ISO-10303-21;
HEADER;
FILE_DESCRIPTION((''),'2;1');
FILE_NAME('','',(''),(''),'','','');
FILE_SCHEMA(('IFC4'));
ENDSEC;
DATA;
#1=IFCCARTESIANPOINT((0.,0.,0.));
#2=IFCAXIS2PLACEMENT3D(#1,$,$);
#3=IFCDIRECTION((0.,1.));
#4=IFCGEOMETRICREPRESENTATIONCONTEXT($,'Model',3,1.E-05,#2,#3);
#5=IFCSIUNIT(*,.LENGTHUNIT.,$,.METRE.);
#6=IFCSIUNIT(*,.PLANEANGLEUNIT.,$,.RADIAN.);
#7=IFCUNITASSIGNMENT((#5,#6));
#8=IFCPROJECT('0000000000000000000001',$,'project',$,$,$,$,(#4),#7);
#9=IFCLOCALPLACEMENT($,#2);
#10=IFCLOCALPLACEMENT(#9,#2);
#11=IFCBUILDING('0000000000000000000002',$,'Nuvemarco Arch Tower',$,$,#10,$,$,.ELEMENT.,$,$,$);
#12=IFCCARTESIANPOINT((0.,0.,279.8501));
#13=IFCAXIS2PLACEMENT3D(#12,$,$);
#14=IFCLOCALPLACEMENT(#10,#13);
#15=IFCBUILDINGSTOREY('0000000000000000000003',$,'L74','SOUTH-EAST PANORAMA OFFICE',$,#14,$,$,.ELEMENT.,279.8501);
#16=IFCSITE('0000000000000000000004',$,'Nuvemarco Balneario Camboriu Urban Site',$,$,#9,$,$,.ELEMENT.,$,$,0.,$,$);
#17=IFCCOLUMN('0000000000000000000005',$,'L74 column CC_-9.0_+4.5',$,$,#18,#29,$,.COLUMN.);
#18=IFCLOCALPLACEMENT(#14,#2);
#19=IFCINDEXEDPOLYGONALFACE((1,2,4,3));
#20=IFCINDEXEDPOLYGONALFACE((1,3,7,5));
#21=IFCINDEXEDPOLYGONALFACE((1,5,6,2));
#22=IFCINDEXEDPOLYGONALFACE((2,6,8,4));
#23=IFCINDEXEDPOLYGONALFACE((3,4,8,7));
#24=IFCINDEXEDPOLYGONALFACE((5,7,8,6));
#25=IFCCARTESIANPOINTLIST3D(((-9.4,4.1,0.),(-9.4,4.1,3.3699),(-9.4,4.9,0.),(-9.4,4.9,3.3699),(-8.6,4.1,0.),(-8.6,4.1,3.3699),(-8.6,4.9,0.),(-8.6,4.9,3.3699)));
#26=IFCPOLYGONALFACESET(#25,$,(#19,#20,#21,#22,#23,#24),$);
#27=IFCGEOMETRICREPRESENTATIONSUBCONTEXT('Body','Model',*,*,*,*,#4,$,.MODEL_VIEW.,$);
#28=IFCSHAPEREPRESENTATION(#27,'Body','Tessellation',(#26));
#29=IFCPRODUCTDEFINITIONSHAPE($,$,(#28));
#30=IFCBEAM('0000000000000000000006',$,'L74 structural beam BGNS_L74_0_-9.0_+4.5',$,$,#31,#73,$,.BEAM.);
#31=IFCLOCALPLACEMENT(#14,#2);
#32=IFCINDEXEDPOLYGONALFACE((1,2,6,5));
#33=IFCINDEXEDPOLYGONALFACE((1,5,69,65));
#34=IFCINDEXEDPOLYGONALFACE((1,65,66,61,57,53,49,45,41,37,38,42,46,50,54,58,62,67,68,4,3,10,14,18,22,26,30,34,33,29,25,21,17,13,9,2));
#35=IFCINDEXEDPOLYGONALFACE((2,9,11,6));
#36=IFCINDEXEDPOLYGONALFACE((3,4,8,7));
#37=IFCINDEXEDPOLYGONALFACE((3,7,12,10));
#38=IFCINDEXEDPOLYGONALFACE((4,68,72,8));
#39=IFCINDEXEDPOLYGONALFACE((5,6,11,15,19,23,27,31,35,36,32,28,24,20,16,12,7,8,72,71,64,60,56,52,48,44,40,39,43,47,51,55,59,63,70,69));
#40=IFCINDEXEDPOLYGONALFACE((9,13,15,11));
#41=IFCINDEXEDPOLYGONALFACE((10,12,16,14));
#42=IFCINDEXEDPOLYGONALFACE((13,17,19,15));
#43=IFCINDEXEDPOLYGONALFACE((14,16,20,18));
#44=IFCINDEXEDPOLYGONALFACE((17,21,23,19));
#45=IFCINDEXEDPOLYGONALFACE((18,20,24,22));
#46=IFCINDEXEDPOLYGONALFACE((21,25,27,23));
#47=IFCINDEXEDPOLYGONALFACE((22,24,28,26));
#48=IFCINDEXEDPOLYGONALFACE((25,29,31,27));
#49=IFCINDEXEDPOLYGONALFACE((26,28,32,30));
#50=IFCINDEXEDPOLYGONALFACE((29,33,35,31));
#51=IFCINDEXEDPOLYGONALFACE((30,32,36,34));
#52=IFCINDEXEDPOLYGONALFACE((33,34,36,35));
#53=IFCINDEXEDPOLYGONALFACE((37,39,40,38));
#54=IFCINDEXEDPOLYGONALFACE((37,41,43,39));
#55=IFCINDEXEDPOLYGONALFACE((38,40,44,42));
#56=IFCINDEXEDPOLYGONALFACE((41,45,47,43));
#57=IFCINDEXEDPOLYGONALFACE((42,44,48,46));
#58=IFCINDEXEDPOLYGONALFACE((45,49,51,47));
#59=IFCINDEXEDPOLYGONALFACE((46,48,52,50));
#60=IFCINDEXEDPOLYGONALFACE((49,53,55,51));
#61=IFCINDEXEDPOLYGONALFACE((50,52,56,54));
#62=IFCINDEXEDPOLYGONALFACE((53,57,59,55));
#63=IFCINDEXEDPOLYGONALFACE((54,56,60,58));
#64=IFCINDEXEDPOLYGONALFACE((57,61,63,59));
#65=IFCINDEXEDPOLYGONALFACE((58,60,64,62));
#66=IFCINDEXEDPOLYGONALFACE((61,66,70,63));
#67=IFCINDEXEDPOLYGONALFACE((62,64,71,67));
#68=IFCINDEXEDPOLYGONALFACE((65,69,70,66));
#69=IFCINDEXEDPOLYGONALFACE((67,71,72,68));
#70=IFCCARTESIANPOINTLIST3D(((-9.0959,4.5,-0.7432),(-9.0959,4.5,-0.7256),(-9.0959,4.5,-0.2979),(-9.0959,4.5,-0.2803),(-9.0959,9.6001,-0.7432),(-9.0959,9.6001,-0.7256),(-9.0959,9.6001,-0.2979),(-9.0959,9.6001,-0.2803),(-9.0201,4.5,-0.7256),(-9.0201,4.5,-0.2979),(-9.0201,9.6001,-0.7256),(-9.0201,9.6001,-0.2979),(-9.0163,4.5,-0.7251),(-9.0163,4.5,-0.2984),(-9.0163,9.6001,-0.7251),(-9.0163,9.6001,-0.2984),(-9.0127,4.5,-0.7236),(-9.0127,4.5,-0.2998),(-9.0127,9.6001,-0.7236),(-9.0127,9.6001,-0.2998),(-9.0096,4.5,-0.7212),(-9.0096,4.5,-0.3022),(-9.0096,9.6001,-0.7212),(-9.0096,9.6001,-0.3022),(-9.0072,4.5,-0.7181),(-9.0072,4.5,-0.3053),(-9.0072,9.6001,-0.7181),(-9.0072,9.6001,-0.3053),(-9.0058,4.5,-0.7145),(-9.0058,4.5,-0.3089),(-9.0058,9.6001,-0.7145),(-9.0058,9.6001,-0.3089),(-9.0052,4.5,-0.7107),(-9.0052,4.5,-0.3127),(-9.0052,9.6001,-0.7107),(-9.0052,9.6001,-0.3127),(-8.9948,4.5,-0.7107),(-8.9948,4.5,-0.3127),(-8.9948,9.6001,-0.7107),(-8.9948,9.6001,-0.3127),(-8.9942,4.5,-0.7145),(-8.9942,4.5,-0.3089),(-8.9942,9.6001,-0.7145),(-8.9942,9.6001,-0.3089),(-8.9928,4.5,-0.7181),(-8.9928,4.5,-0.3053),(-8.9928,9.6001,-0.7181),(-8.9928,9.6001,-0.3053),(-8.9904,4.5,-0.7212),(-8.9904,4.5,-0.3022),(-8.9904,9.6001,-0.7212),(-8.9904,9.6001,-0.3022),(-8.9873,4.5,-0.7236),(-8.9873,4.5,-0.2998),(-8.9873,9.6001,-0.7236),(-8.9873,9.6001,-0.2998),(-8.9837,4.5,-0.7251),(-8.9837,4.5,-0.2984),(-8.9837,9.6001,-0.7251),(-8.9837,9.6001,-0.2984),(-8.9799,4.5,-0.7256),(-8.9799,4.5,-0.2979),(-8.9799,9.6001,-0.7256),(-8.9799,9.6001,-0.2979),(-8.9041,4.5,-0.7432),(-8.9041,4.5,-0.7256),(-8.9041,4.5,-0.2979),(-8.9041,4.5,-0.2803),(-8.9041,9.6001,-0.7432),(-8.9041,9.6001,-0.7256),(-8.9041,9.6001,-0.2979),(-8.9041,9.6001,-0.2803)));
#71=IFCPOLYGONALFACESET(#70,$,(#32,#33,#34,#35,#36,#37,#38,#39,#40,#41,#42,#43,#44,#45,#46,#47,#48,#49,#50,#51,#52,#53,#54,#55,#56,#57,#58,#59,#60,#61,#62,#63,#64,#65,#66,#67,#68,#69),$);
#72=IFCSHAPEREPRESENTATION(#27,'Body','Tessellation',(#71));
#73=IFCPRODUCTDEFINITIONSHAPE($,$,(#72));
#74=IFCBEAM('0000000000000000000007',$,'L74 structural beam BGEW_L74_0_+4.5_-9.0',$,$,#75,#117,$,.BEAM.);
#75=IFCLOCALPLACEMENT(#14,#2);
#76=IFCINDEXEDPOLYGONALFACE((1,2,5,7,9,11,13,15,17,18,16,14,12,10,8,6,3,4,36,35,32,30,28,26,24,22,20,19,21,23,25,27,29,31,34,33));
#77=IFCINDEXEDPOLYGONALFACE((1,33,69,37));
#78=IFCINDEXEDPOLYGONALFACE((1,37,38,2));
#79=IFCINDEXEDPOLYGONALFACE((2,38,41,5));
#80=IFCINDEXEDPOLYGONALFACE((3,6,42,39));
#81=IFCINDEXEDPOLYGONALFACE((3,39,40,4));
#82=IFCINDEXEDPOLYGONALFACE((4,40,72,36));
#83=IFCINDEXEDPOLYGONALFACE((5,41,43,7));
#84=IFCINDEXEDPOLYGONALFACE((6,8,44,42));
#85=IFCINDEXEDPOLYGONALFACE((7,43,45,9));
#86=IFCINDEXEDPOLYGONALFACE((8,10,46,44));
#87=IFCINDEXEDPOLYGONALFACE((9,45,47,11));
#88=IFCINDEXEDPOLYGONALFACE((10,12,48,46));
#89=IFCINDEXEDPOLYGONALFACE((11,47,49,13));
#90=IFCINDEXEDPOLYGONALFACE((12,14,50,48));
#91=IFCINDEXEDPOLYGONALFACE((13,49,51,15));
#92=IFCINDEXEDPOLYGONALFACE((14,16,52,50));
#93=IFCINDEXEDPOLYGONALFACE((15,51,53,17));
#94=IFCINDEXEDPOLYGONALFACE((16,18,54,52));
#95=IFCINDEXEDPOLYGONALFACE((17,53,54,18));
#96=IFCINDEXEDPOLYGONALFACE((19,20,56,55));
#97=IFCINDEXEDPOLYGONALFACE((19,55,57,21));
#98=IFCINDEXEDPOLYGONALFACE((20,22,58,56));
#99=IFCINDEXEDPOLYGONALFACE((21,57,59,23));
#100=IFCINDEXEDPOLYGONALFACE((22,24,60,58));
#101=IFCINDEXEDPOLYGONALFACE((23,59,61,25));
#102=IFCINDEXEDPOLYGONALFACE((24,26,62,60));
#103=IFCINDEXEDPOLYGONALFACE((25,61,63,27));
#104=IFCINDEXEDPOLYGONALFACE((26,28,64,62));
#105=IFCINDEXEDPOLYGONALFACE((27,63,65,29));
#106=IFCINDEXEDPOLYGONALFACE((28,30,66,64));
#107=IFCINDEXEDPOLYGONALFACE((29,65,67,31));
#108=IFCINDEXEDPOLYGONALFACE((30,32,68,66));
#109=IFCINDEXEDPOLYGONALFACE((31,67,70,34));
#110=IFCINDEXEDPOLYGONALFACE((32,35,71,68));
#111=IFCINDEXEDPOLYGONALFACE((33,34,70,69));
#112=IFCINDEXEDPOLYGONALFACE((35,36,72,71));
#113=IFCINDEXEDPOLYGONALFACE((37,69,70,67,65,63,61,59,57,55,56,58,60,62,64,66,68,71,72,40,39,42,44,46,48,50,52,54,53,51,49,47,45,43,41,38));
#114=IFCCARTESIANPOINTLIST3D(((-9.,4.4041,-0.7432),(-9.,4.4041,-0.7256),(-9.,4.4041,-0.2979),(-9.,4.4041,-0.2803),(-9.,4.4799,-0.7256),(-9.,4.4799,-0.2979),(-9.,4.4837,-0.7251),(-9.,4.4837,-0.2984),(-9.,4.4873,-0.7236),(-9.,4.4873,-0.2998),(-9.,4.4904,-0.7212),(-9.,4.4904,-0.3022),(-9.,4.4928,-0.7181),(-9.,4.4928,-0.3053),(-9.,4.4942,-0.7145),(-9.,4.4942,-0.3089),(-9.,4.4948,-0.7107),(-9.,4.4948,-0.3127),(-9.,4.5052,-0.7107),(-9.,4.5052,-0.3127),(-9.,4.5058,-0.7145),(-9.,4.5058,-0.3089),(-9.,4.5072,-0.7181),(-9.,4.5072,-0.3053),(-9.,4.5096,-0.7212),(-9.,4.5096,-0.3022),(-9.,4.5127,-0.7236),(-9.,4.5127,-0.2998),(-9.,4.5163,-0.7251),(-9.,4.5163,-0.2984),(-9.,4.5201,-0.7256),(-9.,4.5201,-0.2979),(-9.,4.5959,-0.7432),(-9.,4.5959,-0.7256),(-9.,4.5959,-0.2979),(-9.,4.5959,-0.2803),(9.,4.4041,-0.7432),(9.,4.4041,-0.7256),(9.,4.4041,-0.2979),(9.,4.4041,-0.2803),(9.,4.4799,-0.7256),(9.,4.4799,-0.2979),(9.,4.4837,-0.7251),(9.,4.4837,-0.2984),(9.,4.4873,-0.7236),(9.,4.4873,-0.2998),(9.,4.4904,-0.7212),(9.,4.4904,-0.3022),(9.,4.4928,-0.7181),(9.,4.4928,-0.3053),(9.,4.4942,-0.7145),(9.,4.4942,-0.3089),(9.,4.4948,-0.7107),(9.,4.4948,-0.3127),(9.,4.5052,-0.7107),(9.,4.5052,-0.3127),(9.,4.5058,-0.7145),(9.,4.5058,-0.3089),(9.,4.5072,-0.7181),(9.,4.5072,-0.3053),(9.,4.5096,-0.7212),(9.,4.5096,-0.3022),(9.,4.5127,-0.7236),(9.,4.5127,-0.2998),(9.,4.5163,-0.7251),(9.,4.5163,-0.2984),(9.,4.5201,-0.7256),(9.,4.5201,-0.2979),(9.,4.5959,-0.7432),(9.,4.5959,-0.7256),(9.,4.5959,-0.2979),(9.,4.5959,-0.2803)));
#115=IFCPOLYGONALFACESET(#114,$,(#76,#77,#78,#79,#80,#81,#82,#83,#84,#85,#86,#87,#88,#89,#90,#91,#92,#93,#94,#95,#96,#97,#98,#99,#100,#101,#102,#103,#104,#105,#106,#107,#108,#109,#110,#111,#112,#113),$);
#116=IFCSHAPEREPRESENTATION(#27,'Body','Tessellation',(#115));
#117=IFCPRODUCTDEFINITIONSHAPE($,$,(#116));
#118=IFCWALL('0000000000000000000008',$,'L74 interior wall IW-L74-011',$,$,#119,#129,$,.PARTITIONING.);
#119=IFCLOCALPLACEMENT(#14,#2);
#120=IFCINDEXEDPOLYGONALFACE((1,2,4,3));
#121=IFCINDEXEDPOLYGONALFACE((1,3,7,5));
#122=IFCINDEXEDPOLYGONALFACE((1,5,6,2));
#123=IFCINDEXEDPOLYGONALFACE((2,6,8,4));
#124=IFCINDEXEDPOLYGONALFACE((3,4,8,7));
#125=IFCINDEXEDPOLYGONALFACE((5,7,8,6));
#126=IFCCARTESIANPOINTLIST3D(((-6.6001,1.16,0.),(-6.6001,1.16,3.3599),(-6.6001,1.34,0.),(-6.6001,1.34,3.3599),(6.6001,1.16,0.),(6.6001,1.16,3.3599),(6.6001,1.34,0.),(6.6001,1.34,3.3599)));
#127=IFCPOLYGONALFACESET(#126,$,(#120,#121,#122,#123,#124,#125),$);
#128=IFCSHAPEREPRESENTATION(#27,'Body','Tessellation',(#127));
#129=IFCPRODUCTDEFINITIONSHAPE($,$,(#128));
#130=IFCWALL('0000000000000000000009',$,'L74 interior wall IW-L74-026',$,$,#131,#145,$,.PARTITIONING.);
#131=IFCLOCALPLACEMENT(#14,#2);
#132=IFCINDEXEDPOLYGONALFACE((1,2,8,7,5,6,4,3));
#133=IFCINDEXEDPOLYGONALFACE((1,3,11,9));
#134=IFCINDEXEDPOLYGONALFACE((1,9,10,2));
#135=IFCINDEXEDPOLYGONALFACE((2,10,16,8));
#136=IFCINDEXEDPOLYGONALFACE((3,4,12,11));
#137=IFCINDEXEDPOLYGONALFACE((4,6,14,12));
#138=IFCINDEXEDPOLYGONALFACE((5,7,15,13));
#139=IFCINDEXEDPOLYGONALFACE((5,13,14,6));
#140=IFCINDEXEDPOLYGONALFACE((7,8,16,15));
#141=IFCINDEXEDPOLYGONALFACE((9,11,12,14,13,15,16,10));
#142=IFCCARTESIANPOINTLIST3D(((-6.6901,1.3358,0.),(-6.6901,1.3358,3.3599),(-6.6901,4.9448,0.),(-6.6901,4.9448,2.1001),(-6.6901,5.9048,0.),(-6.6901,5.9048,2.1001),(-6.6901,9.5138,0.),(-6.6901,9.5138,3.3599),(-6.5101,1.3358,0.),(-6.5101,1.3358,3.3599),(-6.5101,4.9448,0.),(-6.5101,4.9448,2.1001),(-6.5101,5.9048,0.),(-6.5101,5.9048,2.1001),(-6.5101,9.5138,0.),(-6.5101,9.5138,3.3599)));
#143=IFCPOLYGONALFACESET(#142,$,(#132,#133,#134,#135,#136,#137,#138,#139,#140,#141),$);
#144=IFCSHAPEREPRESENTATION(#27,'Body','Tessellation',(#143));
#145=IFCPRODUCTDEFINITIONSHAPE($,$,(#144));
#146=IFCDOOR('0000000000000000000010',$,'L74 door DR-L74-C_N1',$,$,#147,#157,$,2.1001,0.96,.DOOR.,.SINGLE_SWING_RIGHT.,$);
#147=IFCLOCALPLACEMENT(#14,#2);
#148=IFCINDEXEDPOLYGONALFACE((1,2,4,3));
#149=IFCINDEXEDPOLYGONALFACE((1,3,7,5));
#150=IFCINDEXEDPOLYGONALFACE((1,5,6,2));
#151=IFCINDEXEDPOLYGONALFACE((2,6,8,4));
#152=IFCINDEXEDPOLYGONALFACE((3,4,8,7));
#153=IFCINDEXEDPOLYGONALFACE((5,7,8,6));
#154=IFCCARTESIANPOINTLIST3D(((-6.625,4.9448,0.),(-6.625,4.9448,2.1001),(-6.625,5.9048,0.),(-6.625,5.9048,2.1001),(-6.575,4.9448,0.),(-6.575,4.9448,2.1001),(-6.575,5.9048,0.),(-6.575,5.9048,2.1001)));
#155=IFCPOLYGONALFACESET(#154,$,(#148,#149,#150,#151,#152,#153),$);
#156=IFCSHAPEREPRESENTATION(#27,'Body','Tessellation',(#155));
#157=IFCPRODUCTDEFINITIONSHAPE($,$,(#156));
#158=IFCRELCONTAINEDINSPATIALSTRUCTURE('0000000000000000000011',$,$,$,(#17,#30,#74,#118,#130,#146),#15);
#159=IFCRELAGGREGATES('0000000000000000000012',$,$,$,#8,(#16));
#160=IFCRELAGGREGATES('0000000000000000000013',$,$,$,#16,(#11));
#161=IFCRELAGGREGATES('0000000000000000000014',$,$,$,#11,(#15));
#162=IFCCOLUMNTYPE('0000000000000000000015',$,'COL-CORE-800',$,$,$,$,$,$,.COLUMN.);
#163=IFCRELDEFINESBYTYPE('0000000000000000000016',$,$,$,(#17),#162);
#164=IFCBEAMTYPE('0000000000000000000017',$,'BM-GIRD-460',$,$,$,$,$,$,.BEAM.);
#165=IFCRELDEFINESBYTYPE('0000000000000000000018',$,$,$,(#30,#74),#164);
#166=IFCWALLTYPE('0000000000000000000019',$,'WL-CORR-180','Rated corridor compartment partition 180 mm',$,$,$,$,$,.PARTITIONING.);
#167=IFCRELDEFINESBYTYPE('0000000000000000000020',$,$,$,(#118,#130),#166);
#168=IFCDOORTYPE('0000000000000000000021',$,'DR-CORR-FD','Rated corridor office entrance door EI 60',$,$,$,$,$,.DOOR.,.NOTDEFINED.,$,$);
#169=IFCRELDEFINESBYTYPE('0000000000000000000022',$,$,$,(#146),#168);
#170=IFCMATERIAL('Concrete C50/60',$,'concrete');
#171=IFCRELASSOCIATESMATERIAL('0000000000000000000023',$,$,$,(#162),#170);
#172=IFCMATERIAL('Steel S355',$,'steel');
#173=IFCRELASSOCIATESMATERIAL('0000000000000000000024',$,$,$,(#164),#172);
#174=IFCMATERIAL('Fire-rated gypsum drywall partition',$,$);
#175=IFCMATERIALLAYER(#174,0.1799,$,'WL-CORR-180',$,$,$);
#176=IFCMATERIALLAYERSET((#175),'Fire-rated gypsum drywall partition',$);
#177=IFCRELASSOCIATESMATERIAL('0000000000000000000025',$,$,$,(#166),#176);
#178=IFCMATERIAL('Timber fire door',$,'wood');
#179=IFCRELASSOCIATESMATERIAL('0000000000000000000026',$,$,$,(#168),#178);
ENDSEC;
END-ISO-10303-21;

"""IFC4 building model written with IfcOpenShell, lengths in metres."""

from ifc_helpers import new_model, si_unit, direction, frame, frame_2d, origin, origin_2d, place, context, subcontext, project, spatial, rectangle, i_section, extrude, source, transform, mapped, material, layer, layer_set, material_profile, profile_set, type_object, type_shapes, element, fill, save


model = new_model("IFC4")

# Units and contexts
model_context = context("Model", 3, precision=1e-05, world=origin(), true_north=direction((0.0, 1.0)))
body_context = subcontext(model_context, "Body", "Model", "MODEL_VIEW")
ifc_project = project(units=[si_unit("LENGTHUNIT", "METRE"), si_unit("PLANEANGLEUNIT", "RADIAN")], contexts=[model_context])

# Site, building, storey
site_placement = place(None, origin())
site = spatial("IfcSite", under=ifc_project, at=site_placement, Name="Nuvemarco Balneario Camboriu Urban Site", CompositionType="ELEMENT", RefElevation=0.0)
building_placement = place(site_placement, origin())
building = spatial("IfcBuilding", under=site, at=building_placement, Name="Nuvemarco Arch Tower", CompositionType="ELEMENT")
storey_placement = place(building_placement, frame((0.0, 0.0, 279.8501)))
storey = spatial("IfcBuildingStorey", under=building, at=storey_placement, Name="L74", Description="SOUTH-EAST PANORAMA OFFICE", CompositionType="ELEMENT", Elevation=279.8501)

# Column
ifc_material_1 = material(Name="Concrete C50/60", Category="concrete")
ifc_material_profile_1 = material_profile(ifc_material_1, rectangle(XDim=0.8, YDim=0.8, at=origin_2d()), Name="RC-COL-800x800")
ifc_profile_set_1 = profile_set([ifc_material_profile_1], Name="Concrete C50/60")
column_type = type_object("IfcColumnType", Name="COL-CORE-800", PredefinedType="COLUMN", material=ifc_profile_set_1)
column_placement = place(storey_placement, frame((-9.0, 4.5, 0.0), z_axis=(0.0, 0.0, 1.0), x_axis=(1.0, 0.0, 0.0)))
element("IfcColumn", 1, at=column_placement, inside=storey, type_object=column_type, Name="L74 column CC_-9.0_+4.5", PredefinedType="COLUMN", context=body_context, shape_type="SweptSolid", body=[
    extrude(rectangle(XDim=0.8, YDim=0.8, at=origin_2d()), origin(), (0.0, 0.0, 1.0), 3.3699),
])

# Beams
ifc_material_2 = material(Name="Steel S355", Category="steel")
ifc_material_profile_2 = material_profile(ifc_material_2, i_section(OverallWidth=0.1919, OverallDepth=0.4629, WebThickness=0.0105, FlangeThickness=0.0176, FilletRadius=0.0149, at=origin_2d()), Name="W460x89")
ifc_profile_set_2 = profile_set([ifc_material_profile_2], Name="Steel S355")
beam_type = type_object("IfcBeamType", Name="BM-GIRD-460", PredefinedType="BEAM", material=ifc_profile_set_2)
beam_1_placement = place(storey_placement, frame((-9.0, 4.5, -0.5117), z_axis=(0.0, 1.0, 0.0), x_axis=(-1.0, 0.0, 0.0)))
element("IfcBeam", 2, at=beam_1_placement, inside=storey, type_object=beam_type, Name="L74 structural beam BGNS_L74_0_-9.0_+4.5", PredefinedType="BEAM", context=body_context, shape_type="SweptSolid", body=[
    extrude(i_section(OverallWidth=0.1919, OverallDepth=0.4629, WebThickness=0.0105, FlangeThickness=0.0176, FilletRadius=0.0149, at=origin_2d()), origin(), (0.0, 0.0, 1.0), 5.1001),
])
beam_2_placement = place(storey_placement, frame((-9.0, 4.5, -0.5117), z_axis=(1.0, 0.0, 0.0), x_axis=(0.0, 1.0, 0.0)))
element("IfcBeam", 3, at=beam_2_placement, inside=storey, type_object=beam_type, Name="L74 structural beam BGEW_L74_0_+4.5_-9.0", PredefinedType="BEAM", context=body_context, shape_type="SweptSolid", body=[
    extrude(i_section(OverallWidth=0.1919, OverallDepth=0.4629, WebThickness=0.0105, FlangeThickness=0.0176, FilletRadius=0.0149, at=origin_2d()), origin(), (0.0, 0.0, 1.0), 18.0),
])

# Wall
ifc_material_3 = material(Name="Fire-rated gypsum drywall partition")
ifc_layer_1 = layer(ifc_material_3, 0.1799, Name="WL-CORR-180")
ifc_layer_set_1 = layer_set([ifc_layer_1], Name="Fire-rated gypsum drywall partition")
wall_type_1 = type_object("IfcWallType", Name="WL-CORR-180", Description="Rated corridor compartment partition 180 mm", PredefinedType="PARTITIONING", material=ifc_layer_set_1)
wall_1_placement = place(storey_placement, frame((-6.6001, 1.25, 0.0), z_axis=(0.0, 0.0, 1.0), x_axis=(1.0, 0.0, 0.0)))
element("IfcWall", 4, at=wall_1_placement, inside=storey, type_object=wall_type_1, Name="L74 interior wall IW-L74-011", PredefinedType="PARTITIONING", context=body_context, shape_type="SweptSolid", body=[
    extrude(rectangle(XDim=13.2002, YDim=0.1799, at=frame_2d((6.6001, 0.0))), origin(), (0.0, 0.0, 1.0), 3.3599),
])

# Wall, opening, door
wall_2_placement = place(storey_placement, frame((-6.6001, 1.3359, 0.0), z_axis=(0.0, 0.0, 1.0), x_axis=(0.0, 1.0, 0.0)))
wall_2 = element("IfcWall", 5, at=wall_2_placement, inside=storey, type_object=wall_type_1, Name="L74 interior wall IW-L74-026", PredefinedType="PARTITIONING", context=body_context, shape_type="SweptSolid", body=[
    extrude(rectangle(XDim=8.178, YDim=0.1799, at=frame_2d((4.0889, 0.0))), origin(), (0.0, 0.0, 1.0), 3.3599),
])
opening_1_placement = place(wall_2_placement, frame((3.6089, 0.0, 0.0)))
opening_1 = element("IfcOpeningElement", 6, at=opening_1_placement, cuts=wall_2, PredefinedType="OPENING", context=body_context, shape_type="SweptSolid", body=[
    extrude(rectangle(XDim=0.96, YDim=2.1001, at=frame_2d((0.48, 1.05))), frame((0.0, 0.0999, 0.0), z_axis=(0.0, -1.0, 0.0), x_axis=(1.0, 0.0, 0.0)), (0.0, 0.0, 1.0), 0.2),
])
ifc_material_4 = material(Name="Timber fire door", Category="wood")
door_type_1 = type_object("IfcDoorType", Name="DR-CORR-FD", Description="Rated corridor office entrance door EI 60", OperationType="NOTDEFINED", PredefinedType="DOOR", material=ifc_material_4)
shared_shape_1 = source(origin(), body_context, "Body", "SweptSolid", [
    extrude(rectangle(XDim=0.96, YDim=2.1001, at=frame_2d((0.48, 1.05))), frame((0.0, 0.0249, 0.0), z_axis=(0.0, -1.0, 0.0), x_axis=(1.0, 0.0, 0.0)), (0.0, 0.0, 1.0), 0.05),
])
type_shapes(door_type_1, [shared_shape_1])
door_1_placement = place(opening_1_placement, origin())
door_1 = element("IfcDoor", 7, at=door_1_placement, inside=storey, type_object=door_type_1, Name="L74 door DR-L74-C_N1", OperationType="SINGLE_SWING_RIGHT", OverallHeight=2.1001, OverallWidth=0.96, PredefinedType="DOOR", context=body_context, shape_type="MappedRepresentation", body=[
    mapped(shared_shape_1, transform((0.0, 0.0, 0.0), scale=1.0)),
])
fill(opening_1, door_1)

save(model, "model.ifc")
